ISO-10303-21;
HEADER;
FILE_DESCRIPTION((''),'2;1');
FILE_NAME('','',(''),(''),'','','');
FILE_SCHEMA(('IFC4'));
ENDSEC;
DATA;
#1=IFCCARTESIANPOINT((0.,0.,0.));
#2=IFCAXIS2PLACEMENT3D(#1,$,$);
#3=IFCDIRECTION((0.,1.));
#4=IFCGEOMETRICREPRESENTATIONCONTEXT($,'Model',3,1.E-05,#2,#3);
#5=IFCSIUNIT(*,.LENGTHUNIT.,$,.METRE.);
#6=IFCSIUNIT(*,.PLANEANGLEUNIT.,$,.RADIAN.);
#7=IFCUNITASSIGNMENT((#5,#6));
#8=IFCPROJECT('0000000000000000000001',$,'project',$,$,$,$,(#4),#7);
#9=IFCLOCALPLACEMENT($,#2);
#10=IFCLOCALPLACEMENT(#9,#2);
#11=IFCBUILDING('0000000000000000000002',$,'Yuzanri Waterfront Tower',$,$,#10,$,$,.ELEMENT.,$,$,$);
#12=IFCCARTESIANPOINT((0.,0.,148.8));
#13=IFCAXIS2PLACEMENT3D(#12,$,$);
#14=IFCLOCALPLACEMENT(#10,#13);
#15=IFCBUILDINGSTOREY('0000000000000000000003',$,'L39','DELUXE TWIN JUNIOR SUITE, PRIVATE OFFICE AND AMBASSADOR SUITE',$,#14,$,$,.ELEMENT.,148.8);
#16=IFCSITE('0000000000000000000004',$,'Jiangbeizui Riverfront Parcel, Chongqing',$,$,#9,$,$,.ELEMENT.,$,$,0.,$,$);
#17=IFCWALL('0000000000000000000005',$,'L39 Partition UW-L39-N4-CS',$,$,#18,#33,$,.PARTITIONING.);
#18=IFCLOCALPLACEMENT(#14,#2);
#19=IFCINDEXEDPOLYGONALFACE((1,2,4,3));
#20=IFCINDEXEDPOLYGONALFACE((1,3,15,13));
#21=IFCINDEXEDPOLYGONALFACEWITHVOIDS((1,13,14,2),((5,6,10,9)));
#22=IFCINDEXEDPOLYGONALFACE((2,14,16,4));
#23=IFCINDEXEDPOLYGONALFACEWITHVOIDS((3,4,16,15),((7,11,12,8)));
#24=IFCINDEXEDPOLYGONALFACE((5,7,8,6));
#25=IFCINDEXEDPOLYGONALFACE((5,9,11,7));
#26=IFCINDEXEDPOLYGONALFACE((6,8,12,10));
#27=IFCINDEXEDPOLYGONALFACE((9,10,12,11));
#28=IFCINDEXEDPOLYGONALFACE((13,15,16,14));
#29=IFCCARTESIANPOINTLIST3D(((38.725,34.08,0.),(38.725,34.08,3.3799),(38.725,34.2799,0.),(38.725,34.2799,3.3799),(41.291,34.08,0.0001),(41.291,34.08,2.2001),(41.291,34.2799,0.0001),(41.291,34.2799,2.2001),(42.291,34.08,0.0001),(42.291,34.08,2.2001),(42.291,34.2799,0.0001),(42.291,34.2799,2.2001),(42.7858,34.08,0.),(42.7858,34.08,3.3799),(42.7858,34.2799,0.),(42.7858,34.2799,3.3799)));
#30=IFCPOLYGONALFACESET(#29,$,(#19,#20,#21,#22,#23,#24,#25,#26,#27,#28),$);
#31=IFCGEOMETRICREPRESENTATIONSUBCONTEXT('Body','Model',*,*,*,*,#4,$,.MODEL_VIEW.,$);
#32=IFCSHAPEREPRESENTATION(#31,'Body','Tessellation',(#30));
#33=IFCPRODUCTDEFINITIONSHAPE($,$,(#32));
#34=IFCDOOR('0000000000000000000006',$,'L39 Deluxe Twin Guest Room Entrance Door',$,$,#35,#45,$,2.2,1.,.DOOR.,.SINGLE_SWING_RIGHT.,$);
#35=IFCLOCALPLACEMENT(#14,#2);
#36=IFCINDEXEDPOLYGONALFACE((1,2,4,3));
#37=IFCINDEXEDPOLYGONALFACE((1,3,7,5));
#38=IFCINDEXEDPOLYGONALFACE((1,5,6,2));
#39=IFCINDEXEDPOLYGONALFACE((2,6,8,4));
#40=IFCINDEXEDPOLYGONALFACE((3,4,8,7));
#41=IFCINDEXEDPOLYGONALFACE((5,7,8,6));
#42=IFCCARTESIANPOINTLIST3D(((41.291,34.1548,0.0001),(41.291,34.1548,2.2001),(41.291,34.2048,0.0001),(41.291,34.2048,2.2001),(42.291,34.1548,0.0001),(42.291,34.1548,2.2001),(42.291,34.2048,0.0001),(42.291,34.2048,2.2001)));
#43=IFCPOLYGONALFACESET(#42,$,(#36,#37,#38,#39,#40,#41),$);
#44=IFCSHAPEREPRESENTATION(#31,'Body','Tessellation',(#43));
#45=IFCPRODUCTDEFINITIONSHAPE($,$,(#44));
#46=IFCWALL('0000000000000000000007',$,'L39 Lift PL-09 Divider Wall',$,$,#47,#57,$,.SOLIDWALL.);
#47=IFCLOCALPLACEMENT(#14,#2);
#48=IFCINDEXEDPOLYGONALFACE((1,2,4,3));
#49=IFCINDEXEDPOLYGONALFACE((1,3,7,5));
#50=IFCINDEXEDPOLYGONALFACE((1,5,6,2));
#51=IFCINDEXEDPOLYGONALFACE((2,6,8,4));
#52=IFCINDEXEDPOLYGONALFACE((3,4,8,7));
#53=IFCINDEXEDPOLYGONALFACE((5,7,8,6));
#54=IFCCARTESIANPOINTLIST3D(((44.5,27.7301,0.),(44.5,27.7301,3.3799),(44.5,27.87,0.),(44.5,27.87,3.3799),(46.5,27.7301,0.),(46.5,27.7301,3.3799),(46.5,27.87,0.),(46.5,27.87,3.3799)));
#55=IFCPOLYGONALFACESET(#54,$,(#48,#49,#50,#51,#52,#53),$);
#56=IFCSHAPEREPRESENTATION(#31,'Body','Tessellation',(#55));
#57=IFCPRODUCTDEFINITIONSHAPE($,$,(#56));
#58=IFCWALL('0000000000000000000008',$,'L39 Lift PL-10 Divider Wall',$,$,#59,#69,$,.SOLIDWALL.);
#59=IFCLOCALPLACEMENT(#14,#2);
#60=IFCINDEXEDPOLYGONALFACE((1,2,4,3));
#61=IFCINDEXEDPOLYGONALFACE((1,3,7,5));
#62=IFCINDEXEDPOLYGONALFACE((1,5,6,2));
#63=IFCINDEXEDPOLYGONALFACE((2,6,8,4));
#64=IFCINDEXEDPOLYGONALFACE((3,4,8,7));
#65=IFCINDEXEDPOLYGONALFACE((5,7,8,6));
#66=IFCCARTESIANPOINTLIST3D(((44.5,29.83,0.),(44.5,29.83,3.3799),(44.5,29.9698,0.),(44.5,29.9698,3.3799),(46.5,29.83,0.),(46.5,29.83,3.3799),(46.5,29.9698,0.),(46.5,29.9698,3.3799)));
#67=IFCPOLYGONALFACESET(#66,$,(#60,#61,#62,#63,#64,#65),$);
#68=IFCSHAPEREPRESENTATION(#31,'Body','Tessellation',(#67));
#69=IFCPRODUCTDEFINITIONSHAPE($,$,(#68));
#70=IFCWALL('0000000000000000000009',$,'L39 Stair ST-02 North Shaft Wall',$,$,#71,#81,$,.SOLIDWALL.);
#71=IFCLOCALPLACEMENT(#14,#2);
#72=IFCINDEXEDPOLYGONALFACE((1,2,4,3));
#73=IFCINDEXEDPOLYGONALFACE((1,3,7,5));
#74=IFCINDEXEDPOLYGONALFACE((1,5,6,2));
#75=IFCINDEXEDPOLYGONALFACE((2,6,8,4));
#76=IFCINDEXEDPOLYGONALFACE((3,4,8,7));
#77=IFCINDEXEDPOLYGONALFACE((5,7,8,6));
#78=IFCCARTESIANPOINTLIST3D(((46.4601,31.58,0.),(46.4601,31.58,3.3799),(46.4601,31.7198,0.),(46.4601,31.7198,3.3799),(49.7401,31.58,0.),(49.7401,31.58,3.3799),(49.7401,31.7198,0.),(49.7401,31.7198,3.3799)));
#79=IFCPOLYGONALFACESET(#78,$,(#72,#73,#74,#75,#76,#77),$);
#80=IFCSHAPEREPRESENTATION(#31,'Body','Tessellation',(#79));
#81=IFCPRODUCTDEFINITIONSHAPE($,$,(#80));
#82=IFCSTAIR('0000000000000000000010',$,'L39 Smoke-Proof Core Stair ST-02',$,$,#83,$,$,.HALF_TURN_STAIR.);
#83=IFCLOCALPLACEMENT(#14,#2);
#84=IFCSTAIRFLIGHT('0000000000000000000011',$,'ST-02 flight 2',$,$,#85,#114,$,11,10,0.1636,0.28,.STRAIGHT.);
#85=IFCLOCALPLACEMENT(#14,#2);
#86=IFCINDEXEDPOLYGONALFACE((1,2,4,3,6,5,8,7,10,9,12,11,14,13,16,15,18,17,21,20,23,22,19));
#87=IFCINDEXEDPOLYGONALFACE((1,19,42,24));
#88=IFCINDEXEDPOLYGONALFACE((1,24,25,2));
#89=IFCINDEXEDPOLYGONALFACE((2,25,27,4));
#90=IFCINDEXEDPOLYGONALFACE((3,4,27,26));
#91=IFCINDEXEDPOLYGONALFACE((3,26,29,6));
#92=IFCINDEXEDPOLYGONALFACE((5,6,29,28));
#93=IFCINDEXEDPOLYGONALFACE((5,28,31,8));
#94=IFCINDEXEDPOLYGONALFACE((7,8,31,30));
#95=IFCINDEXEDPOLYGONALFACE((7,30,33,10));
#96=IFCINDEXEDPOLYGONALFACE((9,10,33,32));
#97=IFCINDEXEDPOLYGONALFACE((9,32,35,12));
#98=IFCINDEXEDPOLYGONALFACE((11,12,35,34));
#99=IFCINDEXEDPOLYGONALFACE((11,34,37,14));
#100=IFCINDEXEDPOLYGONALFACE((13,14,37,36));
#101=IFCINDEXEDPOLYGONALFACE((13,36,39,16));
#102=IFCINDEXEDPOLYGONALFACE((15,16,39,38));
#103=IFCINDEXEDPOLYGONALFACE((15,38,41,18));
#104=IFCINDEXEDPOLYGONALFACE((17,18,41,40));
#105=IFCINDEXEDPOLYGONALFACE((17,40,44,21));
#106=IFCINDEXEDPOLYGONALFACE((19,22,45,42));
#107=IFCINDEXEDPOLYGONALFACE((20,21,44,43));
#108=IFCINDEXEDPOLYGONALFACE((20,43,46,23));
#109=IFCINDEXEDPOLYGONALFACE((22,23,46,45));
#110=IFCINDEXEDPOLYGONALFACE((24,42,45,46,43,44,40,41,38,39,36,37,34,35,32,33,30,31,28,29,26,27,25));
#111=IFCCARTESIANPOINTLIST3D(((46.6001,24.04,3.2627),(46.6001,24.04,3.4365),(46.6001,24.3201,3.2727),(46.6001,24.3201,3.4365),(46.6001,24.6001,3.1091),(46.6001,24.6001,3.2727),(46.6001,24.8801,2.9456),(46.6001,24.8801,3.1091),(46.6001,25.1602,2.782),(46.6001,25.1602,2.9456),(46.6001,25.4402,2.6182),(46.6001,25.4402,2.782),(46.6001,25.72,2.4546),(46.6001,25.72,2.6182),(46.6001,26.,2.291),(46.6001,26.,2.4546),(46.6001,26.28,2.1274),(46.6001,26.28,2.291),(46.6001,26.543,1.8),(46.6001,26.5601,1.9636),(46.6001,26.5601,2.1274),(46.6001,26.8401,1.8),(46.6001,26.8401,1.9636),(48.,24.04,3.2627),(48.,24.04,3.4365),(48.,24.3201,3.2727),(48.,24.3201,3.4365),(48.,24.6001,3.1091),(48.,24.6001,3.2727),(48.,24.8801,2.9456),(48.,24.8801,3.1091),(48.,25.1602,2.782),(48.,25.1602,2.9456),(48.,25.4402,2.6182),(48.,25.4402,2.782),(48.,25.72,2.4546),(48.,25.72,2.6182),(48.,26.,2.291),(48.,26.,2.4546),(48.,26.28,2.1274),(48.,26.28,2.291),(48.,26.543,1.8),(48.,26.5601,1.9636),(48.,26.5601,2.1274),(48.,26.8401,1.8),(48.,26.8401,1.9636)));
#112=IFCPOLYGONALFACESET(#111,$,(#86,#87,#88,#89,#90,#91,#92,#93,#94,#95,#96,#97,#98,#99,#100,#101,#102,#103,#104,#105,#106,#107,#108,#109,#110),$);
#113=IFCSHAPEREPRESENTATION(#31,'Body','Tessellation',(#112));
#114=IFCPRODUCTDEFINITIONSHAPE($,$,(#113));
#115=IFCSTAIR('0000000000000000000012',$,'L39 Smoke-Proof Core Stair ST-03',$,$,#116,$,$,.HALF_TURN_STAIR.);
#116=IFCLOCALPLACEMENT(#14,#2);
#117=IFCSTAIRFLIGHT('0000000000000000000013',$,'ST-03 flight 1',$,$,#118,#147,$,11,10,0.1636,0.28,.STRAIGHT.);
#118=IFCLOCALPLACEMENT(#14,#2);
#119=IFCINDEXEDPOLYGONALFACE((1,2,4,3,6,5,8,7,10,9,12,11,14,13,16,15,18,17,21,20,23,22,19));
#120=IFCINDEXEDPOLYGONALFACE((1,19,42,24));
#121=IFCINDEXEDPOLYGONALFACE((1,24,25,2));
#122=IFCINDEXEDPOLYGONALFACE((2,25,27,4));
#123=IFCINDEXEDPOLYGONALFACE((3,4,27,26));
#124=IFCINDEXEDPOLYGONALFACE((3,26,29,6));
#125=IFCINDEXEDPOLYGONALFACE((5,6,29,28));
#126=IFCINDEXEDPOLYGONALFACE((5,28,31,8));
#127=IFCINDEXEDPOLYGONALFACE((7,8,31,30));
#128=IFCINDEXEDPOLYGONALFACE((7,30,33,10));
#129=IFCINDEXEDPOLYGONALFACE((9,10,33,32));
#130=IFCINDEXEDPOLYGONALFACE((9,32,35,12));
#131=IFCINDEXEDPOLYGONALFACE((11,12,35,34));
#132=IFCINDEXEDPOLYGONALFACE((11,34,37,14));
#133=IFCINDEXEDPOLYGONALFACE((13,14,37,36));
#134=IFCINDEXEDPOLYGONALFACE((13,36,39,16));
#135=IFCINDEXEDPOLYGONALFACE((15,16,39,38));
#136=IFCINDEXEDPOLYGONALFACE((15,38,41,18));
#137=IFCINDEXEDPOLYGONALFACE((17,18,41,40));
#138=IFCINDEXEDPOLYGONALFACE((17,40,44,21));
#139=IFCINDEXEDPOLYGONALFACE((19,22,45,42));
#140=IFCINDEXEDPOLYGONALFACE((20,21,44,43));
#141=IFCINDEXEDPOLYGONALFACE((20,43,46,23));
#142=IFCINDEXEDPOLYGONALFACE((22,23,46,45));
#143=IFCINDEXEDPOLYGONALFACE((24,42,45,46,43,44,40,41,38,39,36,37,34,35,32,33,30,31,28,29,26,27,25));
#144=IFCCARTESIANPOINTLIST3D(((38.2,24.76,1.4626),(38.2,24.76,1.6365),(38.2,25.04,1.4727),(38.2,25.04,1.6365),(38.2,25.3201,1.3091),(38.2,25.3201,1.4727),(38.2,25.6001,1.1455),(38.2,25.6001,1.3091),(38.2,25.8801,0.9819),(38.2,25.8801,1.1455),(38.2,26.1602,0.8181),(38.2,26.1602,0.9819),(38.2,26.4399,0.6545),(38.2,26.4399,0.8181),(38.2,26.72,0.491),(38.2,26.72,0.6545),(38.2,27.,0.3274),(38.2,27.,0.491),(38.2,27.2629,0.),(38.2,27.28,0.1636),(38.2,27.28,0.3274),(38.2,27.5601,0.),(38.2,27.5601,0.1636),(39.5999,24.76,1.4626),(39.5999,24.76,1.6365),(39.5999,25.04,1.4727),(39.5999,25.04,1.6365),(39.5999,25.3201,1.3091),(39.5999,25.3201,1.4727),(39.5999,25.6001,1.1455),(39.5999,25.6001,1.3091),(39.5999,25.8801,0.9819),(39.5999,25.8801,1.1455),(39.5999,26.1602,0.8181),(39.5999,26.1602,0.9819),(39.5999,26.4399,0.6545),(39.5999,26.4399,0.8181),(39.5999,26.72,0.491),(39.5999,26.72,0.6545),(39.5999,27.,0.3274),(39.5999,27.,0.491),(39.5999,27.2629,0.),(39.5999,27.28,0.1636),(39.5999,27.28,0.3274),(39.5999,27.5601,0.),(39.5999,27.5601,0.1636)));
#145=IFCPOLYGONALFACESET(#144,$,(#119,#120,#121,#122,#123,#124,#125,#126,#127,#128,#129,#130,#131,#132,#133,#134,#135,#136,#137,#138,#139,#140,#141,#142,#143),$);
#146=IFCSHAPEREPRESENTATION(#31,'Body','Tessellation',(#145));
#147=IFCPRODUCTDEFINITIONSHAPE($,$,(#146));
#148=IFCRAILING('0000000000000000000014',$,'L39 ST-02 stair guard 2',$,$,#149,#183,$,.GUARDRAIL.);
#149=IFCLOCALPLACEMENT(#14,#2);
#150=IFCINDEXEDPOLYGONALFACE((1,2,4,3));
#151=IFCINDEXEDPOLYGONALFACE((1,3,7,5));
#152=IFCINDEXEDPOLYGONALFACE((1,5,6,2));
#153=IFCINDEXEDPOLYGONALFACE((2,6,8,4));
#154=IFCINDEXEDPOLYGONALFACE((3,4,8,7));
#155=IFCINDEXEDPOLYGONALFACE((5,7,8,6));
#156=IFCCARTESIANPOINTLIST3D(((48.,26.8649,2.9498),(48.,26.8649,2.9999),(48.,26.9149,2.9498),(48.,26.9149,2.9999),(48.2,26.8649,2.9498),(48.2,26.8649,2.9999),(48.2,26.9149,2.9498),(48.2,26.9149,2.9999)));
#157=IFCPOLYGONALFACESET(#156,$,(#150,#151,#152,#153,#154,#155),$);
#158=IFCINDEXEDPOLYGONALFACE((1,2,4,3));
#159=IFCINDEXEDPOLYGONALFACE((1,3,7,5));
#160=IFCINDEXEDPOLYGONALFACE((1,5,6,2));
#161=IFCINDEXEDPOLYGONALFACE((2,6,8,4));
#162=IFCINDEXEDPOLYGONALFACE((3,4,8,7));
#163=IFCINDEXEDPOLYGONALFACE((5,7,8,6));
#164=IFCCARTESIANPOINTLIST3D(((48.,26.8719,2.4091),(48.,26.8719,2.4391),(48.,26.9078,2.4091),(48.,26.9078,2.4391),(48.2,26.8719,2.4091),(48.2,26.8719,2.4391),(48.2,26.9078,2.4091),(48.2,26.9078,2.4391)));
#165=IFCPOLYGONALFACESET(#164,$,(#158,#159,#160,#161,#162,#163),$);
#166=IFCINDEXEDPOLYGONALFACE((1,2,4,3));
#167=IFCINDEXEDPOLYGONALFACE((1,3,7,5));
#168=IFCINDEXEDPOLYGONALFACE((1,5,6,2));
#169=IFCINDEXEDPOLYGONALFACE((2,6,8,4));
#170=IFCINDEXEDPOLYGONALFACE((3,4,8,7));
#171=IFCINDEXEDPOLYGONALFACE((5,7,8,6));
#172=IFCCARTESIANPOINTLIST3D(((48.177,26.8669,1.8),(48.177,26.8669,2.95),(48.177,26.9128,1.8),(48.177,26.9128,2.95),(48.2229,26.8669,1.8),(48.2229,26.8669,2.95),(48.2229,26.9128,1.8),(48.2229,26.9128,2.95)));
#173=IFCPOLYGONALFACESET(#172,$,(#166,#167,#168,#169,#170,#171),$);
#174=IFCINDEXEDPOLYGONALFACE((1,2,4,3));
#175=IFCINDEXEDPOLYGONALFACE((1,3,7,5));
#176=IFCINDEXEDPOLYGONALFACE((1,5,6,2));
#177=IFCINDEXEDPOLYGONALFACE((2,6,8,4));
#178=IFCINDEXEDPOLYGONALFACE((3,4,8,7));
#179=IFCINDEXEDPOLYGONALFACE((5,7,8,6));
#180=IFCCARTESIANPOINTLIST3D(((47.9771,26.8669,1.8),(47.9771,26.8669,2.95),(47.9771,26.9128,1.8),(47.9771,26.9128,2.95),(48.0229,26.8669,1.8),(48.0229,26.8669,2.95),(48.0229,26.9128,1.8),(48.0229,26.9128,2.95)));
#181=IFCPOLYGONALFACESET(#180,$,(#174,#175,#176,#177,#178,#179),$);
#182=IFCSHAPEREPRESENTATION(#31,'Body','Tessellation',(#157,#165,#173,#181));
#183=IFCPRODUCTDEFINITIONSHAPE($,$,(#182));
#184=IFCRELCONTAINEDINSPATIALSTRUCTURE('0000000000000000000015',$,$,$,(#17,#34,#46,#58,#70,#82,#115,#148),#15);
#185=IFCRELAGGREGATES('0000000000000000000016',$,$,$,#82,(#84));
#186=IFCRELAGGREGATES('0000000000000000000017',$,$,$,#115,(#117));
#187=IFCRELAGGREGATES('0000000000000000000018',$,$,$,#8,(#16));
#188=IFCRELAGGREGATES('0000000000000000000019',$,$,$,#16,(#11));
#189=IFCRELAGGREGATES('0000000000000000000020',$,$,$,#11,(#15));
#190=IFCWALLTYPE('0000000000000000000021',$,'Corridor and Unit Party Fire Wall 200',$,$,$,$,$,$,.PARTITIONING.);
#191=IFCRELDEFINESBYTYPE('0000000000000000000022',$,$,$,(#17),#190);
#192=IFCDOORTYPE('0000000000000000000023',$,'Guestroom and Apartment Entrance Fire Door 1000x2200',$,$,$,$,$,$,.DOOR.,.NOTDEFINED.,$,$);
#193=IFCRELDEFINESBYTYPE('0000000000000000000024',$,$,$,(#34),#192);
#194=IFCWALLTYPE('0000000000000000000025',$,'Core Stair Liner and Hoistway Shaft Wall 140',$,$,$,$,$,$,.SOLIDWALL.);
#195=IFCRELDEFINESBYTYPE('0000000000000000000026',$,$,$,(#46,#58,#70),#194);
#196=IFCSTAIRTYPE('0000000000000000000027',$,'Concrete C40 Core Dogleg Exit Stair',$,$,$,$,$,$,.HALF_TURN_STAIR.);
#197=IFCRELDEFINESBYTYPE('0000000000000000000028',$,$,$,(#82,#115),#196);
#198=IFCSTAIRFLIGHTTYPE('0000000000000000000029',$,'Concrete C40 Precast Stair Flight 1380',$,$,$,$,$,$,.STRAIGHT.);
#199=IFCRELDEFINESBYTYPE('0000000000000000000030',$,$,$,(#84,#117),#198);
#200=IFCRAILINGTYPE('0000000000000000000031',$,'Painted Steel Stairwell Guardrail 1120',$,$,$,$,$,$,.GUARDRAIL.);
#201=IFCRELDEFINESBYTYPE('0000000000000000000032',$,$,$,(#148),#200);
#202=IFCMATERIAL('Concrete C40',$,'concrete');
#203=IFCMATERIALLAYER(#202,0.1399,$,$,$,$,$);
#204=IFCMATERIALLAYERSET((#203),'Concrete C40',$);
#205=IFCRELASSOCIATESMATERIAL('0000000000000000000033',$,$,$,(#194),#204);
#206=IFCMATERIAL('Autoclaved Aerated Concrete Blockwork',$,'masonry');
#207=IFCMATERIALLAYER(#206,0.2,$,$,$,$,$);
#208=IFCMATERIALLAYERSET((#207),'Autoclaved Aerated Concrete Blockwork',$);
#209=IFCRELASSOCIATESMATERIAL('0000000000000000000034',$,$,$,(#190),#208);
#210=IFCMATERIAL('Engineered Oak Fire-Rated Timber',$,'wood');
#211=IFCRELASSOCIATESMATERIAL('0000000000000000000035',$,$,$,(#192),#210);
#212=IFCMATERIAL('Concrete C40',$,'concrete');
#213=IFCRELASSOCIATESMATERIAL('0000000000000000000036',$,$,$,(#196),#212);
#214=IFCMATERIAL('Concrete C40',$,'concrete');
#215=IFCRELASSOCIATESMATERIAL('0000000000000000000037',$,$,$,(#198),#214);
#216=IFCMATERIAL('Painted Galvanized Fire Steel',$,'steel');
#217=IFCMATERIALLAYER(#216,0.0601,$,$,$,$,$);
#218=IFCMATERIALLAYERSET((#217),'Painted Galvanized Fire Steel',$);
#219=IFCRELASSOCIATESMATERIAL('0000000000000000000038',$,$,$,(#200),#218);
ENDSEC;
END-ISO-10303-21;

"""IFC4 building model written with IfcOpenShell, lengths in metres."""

from ifc_helpers import new_model, si_unit, direction, frame, frame_2d, origin, origin_2d, place, context, subcontext, project, spatial, polyline, rectangle, outline, extrude, source, transform, mapped, material, layer, layer_set, type_object, element, fill, aggregate, save


model = new_model("IFC4")

# Units and contexts
model_context = context("Model", 3, precision=1e-05, world=origin(), true_north=direction((0.0, 1.0)))
body_context = subcontext(model_context, "Body", "Model", "MODEL_VIEW")
ifc_project = project(units=[si_unit("LENGTHUNIT", "METRE"), si_unit("PLANEANGLEUNIT", "RADIAN")], contexts=[model_context])

# Site, building, storey
site_placement = place(None, origin())
site = spatial("IfcSite", under=ifc_project, at=site_placement, Name="Jiangbeizui Riverfront Parcel, Chongqing", CompositionType="ELEMENT", RefElevation=0.0)
building_placement = place(site_placement, origin())
building = spatial("IfcBuilding", under=site, at=building_placement, Name="Yuzanri Waterfront Tower", CompositionType="ELEMENT")
storey_placement = place(building_placement, frame((0.0, 0.0, 148.8)))
storey = spatial("IfcBuildingStorey", under=building, at=storey_placement, Name="L39", Description="DELUXE TWIN JUNIOR SUITE, PRIVATE OFFICE AND AMBASSADOR SUITE", CompositionType="ELEMENT", Elevation=148.8)

# Wall, opening, door
ifc_material_1 = material(Name="Concrete C40", Category="concrete")
ifc_layer_1 = layer(ifc_material_1, 0.1399)
ifc_layer_set_1 = layer_set([ifc_layer_1], Name="Concrete C40")
wall_type_1 = type_object("IfcWallType", Name="Core Stair Liner and Hoistway Shaft Wall 140", PredefinedType="SOLIDWALL", material=ifc_layer_set_1)
ifc_material_2 = material(Name="Autoclaved Aerated Concrete Blockwork", Category="masonry")
ifc_layer_2 = layer(ifc_material_2, 0.2)
ifc_layer_set_2 = layer_set([ifc_layer_2], Name="Autoclaved Aerated Concrete Blockwork")
wall_type_2 = type_object("IfcWallType", Name="Corridor and Unit Party Fire Wall 200", PredefinedType="PARTITIONING", material=ifc_layer_set_2)
wall_1_placement = place(storey_placement, frame((38.7251, 34.1799, 0.0), z_axis=(0.0, 0.0, 1.0), x_axis=(1.0, 0.0, 0.0)))
wall_1 = element("IfcWall", 1, at=wall_1_placement, inside=storey, type_object=wall_type_2, Name="L39 Partition UW-L39-N4-CS", PredefinedType="PARTITIONING", context=body_context, shape_type="SweptSolid", body=[
    extrude(rectangle(XDim=4.0608, YDim=0.2, at=frame_2d((2.0303, 0.0))), origin(), (0.0, 0.0, 1.0), 3.3799),
])
opening_1_placement = place(wall_1_placement, frame((2.5659, 0.0, 0.0)))
opening_1 = element("IfcOpeningElement", 2, at=opening_1_placement, cuts=wall_1, PredefinedType="OPENING", context=body_context, shape_type="SweptSolid", body=[
    extrude(rectangle(XDim=1.0, YDim=2.2, at=frame_2d((0.5, 1.1001))), frame((0.0, 0.1147, 0.0), z_axis=(0.0, -1.0, 0.0), x_axis=(1.0, 0.0, 0.0)), (0.0, 0.0, 1.0), 0.2297),
])
ifc_material_3 = material(Name="Engineered Oak Fire-Rated Timber", Category="wood")
door_type_1 = type_object("IfcDoorType", Name="Guestroom and Apartment Entrance Fire Door 1000x2200", OperationType="NOTDEFINED", PredefinedType="DOOR", material=ifc_material_3)
shared_shape_1 = source(origin(), body_context, "Body", "SweptSolid", [
    extrude(rectangle(XDim=1.0, YDim=2.2, at=frame_2d((0.5, 1.1001))), frame((0.0, 0.0249, 0.0), z_axis=(0.0, -1.0, 0.0), x_axis=(1.0, 0.0, 0.0)), (0.0, 0.0, 1.0), 0.05),
])
door_1_placement = place(opening_1_placement, origin())
door_1 = element("IfcDoor", 3, at=door_1_placement, inside=storey, type_object=door_type_1, Name="L39 Deluxe Twin Guest Room Entrance Door", OperationType="SINGLE_SWING_RIGHT", OverallHeight=2.2, OverallWidth=1.0, PredefinedType="DOOR", context=body_context, shape_type="MappedRepresentation", body=[
    mapped(shared_shape_1, transform((0.0, 0.0, 0.0), scale=1.0)),
])
fill(opening_1, door_1)

# Walls
shared_shape_2 = source(origin(), body_context, "Body", "SweptSolid", [
    extrude(rectangle(XDim=2.0, YDim=0.1399, at=frame_2d((1.0, 0.0))), origin(), (0.0, 0.0, 1.0), 3.3799),
])
for number, where, z_axis, x_axis, name in (
    (4, (44.5, 27.8, 0.0), (0.0, 0.0, 1.0), (1.0, 0.0, 0.0), "L39 Lift PL-09 Divider Wall"),
    (5, (44.5, 29.8999, 0.0), (0.0, 0.0, 1.0), (1.0, 0.0, 0.0), "L39 Lift PL-10 Divider Wall"),
):
    element("IfcWall", number, at=place(storey_placement, frame(where, z_axis=z_axis, x_axis=x_axis)), inside=storey, type_object=wall_type_1, Name=name, PredefinedType="SOLIDWALL", context=body_context, shape_type="MappedRepresentation", body=[
        mapped(shared_shape_2, transform((0.0, 0.0, 0.0), scale=1.0)),
    ])
shared_shape_3 = source(origin(), body_context, "Body", "SweptSolid", [
    extrude(rectangle(XDim=3.28, YDim=0.1399, at=frame_2d((1.6401, 0.0))), origin(), (0.0, 0.0, 1.0), 3.3799),
])
wall_2_placement = place(storey_placement, frame((46.46, 31.6499, 0.0), z_axis=(0.0, 0.0, 1.0), x_axis=(1.0, 0.0, 0.0)))
element("IfcWall", 6, at=wall_2_placement, inside=storey, type_object=wall_type_1, Name="L39 Stair ST-02 North Shaft Wall", PredefinedType="SOLIDWALL", context=body_context, shape_type="MappedRepresentation", body=[
    mapped(shared_shape_3, transform((0.0, 0.0, 0.0), scale=1.0)),
])

# Stairs, stair flights
ifc_material_4 = material(Name="Concrete C40", Category="concrete")
stair_type = type_object("IfcStairType", Name="Concrete C40 Core Dogleg Exit Stair", PredefinedType="HALF_TURN_STAIR", material=ifc_material_4)
stair_1_placement = place(storey_placement, origin())
stair_1 = element("IfcStair", 7, at=stair_1_placement, inside=storey, type_object=stair_type, Name="L39 Smoke-Proof Core Stair ST-02", PredefinedType="HALF_TURN_STAIR")
ifc_material_5 = material(Name="Concrete C40", Category="concrete")
stair_flight_type = type_object("IfcStairFlightType", Name="Concrete C40 Precast Stair Flight 1380", PredefinedType="STRAIGHT", material=ifc_material_5)
shared_shape_4 = source(origin(), body_context, "Body", "SweptSolid", [
    extrude(outline(polyline([(0.0, 0.0), (0.0, 0.1636), (0.28, 0.1636), (0.28, 0.3274), (0.5601, 0.3274), (0.5601, 0.491), (0.8401, 0.491), (0.8401, 0.6545), (1.1201, 0.6545), (1.1201, 0.8181), (1.3999, 0.8181), (1.3999, 0.9819), (1.6799, 0.9819), (1.6799, 1.1455), (1.96, 1.1455), (1.96, 1.3091), (2.24, 1.3091), (2.24, 1.4727), (2.52, 1.4727), (2.52, 1.6365), (2.8, 1.6365), (2.8, 1.8), (2.8, 1.4626), (0.2971, 0.0), (0.0, 0.0)])), frame((0.0, 0.7, 0.0), z_axis=(0.0, -1.0, 0.0), x_axis=(1.0, 0.0, 0.0)), (0.0, 0.0, 1.0), 1.3999),
])
stair_flight_1_placement = place(storey_placement, frame((47.3, 26.8401, 1.8), z_axis=(0.0, 0.0, 1.0), x_axis=(0.0, -1.0, 0.0)))
stair_flight_1 = element("IfcStairFlight", 8, at=stair_flight_1_placement, type_object=stair_flight_type, Name="ST-02 flight 2", NumberOfRisers=11, NumberOfTreads=10, PredefinedType="STRAIGHT", RiserHeight=0.1636, TreadLength=0.28, context=body_context, shape_type="MappedRepresentation", body=[
    mapped(shared_shape_4, transform((0.0, 0.0, 0.0), scale=1.0)),
])
aggregate(stair_1, [stair_flight_1])
stair_2_placement = place(storey_placement, origin())
stair_2 = element("IfcStair", 9, at=stair_2_placement, inside=storey, type_object=stair_type, Name="L39 Smoke-Proof Core Stair ST-03", PredefinedType="HALF_TURN_STAIR")
stair_flight_2_placement = place(storey_placement, frame((38.8999, 27.5601, 0.0), z_axis=(0.0, 0.0, 1.0), x_axis=(0.0, -1.0, 0.0)))
stair_flight_2 = element("IfcStairFlight", 10, at=stair_flight_2_placement, type_object=stair_flight_type, Name="ST-03 flight 1", NumberOfRisers=11, NumberOfTreads=10, PredefinedType="STRAIGHT", RiserHeight=0.1636, TreadLength=0.28, context=body_context, shape_type="MappedRepresentation", body=[
    mapped(shared_shape_4, transform((0.0, 0.0, 0.0), scale=1.0)),
])
aggregate(stair_2, [stair_flight_2])

# Railing
ifc_material_6 = material(Name="Painted Galvanized Fire Steel", Category="steel")
ifc_layer_3 = layer(ifc_material_6, 0.0601)
ifc_layer_set_3 = layer_set([ifc_layer_3], Name="Painted Galvanized Fire Steel")
railing_type_1 = type_object("IfcRailingType", Name="Painted Steel Stairwell Guardrail 1120", PredefinedType="GUARDRAIL", material=ifc_layer_set_3)
shared_shape_5 = source(origin(), body_context, "Body", "SweptSolid", [
    extrude(rectangle(XDim=0.05, YDim=0.05, at=origin_2d()), frame((0.0, 0.0, 1.1748), z_axis=(-1.0, 0.0, 0.0), x_axis=(0.0, -1.0, 0.0)), (0.0, 0.0, 1.0), 0.2),
    extrude(rectangle(XDim=0.0359, YDim=0.03, at=origin_2d()), frame((0.0, 0.0, 0.624), z_axis=(-1.0, 0.0, 0.0), x_axis=(0.0, -1.0, 0.0)), (0.0, 0.0, 1.0), 0.2),
    extrude(rectangle(XDim=0.0459, YDim=0.0459, at=origin_2d()), origin(), (0.0, 0.0, 1.0), 1.1499),
    extrude(rectangle(XDim=0.0459, YDim=0.0459, at=origin_2d()), frame((-0.2, 0.0, 0.0)), (0.0, 0.0, 1.0), 1.1499),
])
railing_1_placement = place(storey_placement, frame((48.2, 26.8899, 1.8)))
element("IfcRailing", 11, at=railing_1_placement, inside=storey, type_object=railing_type_1, Name="L39 ST-02 stair guard 2", PredefinedType="GUARDRAIL", context=body_context, shape_type="MappedRepresentation", body=[
    mapped(shared_shape_5, transform((0.0, 0.0, 0.0), scale=1.0)),
])

save(model, "model.ifc")
